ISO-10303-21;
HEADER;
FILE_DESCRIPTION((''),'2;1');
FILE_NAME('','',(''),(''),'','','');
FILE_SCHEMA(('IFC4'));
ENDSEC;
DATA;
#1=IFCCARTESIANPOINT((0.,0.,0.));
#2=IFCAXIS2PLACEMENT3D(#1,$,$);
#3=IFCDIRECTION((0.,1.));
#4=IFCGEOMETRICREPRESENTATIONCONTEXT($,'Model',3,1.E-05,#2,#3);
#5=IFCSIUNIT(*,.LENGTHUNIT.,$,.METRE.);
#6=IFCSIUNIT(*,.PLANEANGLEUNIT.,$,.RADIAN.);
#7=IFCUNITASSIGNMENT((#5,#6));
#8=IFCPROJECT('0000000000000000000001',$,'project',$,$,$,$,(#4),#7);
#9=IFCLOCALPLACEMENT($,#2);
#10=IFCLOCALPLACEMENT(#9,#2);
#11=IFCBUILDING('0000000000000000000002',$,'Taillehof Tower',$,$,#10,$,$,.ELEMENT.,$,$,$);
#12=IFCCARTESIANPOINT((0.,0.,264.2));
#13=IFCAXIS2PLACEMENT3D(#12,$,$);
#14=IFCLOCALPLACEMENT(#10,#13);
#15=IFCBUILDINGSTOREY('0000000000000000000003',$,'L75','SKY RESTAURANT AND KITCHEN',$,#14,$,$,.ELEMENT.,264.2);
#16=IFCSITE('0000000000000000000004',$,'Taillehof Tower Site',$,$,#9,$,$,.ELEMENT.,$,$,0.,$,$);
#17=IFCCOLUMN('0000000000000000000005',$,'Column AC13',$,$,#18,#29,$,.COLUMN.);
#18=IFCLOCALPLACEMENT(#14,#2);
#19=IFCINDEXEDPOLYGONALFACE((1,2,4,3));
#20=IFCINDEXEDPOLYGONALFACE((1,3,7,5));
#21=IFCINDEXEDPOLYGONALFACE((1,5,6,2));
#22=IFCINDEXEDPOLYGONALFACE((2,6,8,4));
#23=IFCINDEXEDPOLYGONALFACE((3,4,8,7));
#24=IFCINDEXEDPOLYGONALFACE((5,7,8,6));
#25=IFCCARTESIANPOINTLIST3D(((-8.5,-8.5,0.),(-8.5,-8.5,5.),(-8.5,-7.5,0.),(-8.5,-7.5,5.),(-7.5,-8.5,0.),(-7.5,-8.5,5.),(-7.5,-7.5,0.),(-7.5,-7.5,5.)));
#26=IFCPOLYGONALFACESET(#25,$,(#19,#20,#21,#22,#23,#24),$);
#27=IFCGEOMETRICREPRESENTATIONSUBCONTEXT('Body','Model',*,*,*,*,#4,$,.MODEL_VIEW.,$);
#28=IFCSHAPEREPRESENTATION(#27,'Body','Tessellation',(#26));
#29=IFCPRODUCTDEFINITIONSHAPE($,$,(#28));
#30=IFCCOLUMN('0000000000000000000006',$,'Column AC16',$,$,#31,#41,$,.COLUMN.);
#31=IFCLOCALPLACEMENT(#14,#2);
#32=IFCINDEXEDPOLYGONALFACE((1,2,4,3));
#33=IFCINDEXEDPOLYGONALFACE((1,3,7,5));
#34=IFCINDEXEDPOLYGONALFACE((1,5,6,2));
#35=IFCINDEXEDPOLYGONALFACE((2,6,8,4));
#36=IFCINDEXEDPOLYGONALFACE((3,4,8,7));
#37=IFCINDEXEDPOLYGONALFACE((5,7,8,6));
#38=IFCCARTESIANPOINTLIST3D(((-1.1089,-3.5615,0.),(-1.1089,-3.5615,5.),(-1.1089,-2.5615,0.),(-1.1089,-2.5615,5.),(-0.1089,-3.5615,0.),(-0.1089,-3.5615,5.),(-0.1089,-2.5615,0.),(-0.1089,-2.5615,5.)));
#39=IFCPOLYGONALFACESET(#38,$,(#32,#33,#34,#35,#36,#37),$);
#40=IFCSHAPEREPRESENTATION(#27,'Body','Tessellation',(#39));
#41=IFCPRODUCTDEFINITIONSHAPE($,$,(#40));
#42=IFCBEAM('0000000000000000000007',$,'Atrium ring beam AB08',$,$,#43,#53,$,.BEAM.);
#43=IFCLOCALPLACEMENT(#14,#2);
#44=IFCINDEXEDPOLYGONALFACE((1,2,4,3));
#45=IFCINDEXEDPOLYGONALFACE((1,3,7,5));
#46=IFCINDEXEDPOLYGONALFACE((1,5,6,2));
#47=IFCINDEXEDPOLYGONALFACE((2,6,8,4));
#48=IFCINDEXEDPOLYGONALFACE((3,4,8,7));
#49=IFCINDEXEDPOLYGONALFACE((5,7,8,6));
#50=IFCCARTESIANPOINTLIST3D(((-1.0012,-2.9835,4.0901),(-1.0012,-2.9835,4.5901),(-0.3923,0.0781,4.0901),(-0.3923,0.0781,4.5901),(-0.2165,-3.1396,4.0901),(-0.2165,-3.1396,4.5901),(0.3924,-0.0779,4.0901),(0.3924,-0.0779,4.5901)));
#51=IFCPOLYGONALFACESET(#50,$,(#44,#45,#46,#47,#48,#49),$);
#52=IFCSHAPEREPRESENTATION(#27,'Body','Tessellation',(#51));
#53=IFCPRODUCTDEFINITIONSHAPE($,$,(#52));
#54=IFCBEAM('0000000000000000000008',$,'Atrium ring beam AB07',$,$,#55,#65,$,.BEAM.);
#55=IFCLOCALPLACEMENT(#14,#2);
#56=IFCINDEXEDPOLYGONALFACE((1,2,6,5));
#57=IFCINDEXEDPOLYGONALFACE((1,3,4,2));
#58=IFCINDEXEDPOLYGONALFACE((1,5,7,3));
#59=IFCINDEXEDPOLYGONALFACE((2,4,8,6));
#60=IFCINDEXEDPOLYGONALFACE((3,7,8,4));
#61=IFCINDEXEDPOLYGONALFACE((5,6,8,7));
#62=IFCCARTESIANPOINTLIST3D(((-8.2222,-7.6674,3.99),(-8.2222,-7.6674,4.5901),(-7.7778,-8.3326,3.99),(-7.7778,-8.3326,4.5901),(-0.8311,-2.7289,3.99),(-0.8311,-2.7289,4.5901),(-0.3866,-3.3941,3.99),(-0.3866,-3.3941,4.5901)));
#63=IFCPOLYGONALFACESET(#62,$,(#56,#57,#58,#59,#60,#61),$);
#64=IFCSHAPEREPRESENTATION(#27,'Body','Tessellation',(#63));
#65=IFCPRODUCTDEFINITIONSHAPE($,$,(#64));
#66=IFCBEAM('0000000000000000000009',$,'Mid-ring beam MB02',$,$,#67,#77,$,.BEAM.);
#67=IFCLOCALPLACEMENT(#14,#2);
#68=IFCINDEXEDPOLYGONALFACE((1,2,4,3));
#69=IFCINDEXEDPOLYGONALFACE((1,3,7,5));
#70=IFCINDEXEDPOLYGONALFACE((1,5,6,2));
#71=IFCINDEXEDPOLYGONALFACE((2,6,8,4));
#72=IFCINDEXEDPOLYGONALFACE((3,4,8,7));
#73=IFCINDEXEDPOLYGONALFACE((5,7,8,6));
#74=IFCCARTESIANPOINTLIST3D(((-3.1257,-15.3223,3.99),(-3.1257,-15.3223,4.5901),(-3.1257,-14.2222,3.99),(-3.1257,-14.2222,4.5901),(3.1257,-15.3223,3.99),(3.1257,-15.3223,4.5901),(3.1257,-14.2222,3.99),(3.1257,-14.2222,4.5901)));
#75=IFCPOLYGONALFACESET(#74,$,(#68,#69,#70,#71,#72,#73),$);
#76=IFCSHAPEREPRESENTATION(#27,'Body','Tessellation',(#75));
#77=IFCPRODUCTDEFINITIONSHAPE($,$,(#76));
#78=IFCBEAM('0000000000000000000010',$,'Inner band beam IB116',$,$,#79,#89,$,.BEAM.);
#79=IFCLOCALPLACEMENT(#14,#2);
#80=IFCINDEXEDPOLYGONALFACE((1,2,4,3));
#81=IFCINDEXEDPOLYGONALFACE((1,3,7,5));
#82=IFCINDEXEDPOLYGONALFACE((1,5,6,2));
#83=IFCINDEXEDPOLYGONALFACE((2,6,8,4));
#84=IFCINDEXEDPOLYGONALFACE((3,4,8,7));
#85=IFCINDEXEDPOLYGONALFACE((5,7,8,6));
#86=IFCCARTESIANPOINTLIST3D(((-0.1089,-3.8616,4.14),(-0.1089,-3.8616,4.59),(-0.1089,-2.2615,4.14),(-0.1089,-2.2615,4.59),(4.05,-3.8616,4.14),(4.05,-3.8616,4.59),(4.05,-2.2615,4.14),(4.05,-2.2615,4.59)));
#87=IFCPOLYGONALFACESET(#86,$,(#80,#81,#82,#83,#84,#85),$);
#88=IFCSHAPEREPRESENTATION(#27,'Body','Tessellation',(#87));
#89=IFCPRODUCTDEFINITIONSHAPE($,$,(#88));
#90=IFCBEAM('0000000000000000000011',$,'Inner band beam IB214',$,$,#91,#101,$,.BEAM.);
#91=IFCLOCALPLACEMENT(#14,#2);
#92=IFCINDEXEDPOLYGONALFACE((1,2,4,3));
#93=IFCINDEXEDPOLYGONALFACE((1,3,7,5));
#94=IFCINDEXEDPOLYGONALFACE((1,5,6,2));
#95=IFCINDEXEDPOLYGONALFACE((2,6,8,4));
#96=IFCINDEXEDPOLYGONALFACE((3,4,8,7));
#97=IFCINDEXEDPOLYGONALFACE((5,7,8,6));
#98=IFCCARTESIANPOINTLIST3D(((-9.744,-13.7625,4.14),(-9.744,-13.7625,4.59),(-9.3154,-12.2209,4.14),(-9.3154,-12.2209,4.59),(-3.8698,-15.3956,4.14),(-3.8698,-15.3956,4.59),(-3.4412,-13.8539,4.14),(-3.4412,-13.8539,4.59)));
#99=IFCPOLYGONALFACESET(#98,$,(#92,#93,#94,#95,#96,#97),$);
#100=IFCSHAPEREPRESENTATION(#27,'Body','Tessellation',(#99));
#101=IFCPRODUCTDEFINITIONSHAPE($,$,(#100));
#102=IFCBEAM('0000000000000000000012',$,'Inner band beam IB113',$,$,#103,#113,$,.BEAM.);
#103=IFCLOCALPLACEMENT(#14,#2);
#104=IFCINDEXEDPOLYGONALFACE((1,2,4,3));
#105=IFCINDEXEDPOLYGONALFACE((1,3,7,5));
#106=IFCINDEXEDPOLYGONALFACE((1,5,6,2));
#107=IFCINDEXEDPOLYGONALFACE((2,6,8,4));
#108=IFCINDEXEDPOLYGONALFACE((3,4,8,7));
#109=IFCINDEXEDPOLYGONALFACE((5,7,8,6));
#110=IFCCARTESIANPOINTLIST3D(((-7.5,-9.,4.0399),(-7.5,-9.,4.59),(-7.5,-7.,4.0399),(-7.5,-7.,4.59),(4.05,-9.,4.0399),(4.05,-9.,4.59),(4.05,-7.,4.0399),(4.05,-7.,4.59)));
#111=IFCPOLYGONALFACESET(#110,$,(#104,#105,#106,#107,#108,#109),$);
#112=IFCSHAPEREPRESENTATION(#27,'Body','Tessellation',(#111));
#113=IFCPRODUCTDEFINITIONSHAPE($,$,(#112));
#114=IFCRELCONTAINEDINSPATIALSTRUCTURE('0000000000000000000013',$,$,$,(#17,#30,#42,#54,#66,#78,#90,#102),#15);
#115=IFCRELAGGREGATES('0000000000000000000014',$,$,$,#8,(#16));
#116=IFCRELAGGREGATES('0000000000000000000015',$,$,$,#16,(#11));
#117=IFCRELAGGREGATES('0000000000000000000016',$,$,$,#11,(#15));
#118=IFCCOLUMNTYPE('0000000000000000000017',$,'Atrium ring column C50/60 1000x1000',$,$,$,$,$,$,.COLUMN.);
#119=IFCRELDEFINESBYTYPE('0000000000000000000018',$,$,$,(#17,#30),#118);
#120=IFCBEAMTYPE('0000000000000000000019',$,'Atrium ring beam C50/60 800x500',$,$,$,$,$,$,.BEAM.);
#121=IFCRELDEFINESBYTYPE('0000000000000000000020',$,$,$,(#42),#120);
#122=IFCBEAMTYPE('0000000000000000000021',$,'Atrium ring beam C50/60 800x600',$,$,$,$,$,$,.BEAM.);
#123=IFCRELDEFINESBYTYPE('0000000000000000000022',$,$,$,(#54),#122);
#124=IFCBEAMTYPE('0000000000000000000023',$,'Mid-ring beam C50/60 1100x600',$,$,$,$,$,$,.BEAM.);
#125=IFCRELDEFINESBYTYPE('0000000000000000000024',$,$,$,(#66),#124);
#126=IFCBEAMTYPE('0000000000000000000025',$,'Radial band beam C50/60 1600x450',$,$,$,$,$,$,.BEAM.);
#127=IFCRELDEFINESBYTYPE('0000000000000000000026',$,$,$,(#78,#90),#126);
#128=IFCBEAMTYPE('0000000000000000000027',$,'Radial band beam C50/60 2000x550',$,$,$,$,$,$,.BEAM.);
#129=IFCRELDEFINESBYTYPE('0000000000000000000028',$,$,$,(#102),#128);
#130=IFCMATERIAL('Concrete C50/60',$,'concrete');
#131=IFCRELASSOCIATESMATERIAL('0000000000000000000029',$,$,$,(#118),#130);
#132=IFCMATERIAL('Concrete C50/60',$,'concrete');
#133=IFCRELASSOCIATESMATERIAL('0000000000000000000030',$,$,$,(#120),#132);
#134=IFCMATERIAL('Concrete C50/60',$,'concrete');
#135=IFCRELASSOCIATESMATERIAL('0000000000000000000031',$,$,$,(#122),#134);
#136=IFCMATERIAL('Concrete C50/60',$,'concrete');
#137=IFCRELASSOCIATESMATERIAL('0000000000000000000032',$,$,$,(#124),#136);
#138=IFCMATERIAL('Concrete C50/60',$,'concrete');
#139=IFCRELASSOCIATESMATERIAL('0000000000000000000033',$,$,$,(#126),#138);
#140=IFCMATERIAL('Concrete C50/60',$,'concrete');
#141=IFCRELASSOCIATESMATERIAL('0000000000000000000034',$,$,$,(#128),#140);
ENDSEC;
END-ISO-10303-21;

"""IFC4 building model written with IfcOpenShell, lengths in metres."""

from ifc_helpers import new_model, si_unit, direction, frame, origin, origin_2d, place, context, subcontext, project, spatial, rectangle, extrude, material, material_profile, profile_set, type_object, element, save


model = new_model("IFC4")

# Units and contexts
model_context = context("Model", 3, precision=1e-05, world=origin(), true_north=direction((0.0, 1.0)))
body_context = subcontext(model_context, "Body", "Model", "MODEL_VIEW")
ifc_project = project(units=[si_unit("LENGTHUNIT", "METRE"), si_unit("PLANEANGLEUNIT", "RADIAN")], contexts=[model_context])

# Site, building, storey
site_placement = place(None, origin())
site = spatial("IfcSite", under=ifc_project, at=site_placement, Name="Taillehof Tower Site", CompositionType="ELEMENT", RefElevation=0.0)
building_placement = place(site_placement, origin())
building = spatial("IfcBuilding", under=site, at=building_placement, Name="Taillehof Tower", CompositionType="ELEMENT")
storey_placement = place(building_placement, frame((0.0, 0.0, 264.2)))
storey = spatial("IfcBuildingStorey", under=building, at=storey_placement, Name="L75", Description="SKY RESTAURANT AND KITCHEN", CompositionType="ELEMENT", Elevation=264.2)

# Columns
ifc_material_1 = material(Name="Concrete C50/60", Category="concrete")
ifc_material_profile_1 = material_profile(ifc_material_1, rectangle(XDim=1.0, YDim=1.0, at=origin_2d()), Name="RC 1000x1000")
ifc_profile_set_1 = profile_set([ifc_material_profile_1], Name="Concrete C50/60")
column_type = type_object("IfcColumnType", Name="Atrium ring column C50/60 1000x1000", PredefinedType="COLUMN", material=ifc_profile_set_1)
for number, where, z_axis, x_axis, name in (
    (1, (-8.0, -8.0, 0.0), (0.0, 0.0, 1.0), (1.0, 0.0, 0.0), "Column AC13"),
    (2, (-0.6089, -3.0615, 0.0), (0.0, 0.0, 1.0), (1.0, 0.0, 0.0), "Column AC16"),
):
    element("IfcColumn", number, at=place(storey_placement, frame(where, z_axis=z_axis, x_axis=x_axis)), inside=storey, type_object=column_type, Name=name, PredefinedType="COLUMN", context=body_context, shape_type="SweptSolid", body=[
        extrude(rectangle(XDim=1.0, YDim=1.0, at=origin_2d()), origin(), (0.0, 0.0, 1.0), 5.0),
    ])

# Beams
ifc_material_2 = material(Name="Concrete C50/60", Category="concrete")
ifc_material_profile_2 = material_profile(ifc_material_2, rectangle(XDim=0.8, YDim=0.5, at=origin_2d()), Name="RC 800x500")
ifc_profile_set_2 = profile_set([ifc_material_profile_2], Name="Concrete C50/60")
beam_type_1 = type_object("IfcBeamType", Name="Atrium ring beam C50/60 800x500", PredefinedType="BEAM", material=ifc_profile_set_2)
beam_1_placement = place(storey_placement, frame((-0.6089, -3.0615, 4.3401), z_axis=(0.195063, 0.980791, 0.0), x_axis=(-0.980791, 0.195063, 0.0)))
element("IfcBeam", 3, at=beam_1_placement, inside=storey, type_object=beam_type_1, Name="Atrium ring beam AB08", PredefinedType="BEAM", context=body_context, shape_type="SweptSolid", body=[
    extrude(rectangle(XDim=0.8, YDim=0.5, at=origin_2d()), origin(), (0.0, 0.0, 1.0), 3.1216),
])
ifc_material_3 = material(Name="Concrete C50/60", Category="concrete")
ifc_material_profile_3 = material_profile(ifc_material_3, rectangle(XDim=0.8, YDim=0.6001, at=origin_2d()), Name="RC 800x600")
ifc_profile_set_3 = profile_set([ifc_material_profile_3], Name="Concrete C50/60")
beam_type_2 = type_object("IfcBeamType", Name="Atrium ring beam C50/60 800x600", PredefinedType="BEAM", material=ifc_profile_set_3)
beam_2_placement = place(storey_placement, frame((-8.0, -8.0, 4.29), z_axis=(0.831475, 0.555562, 0.0), x_axis=(-0.555562, 0.831475, 0.0)))
element("IfcBeam", 4, at=beam_2_placement, inside=storey, type_object=beam_type_2, Name="Atrium ring beam AB07", PredefinedType="BEAM", context=body_context, shape_type="SweptSolid", body=[
    extrude(rectangle(XDim=0.8, YDim=0.6001, at=origin_2d()), origin(), (0.0, 0.0, 1.0), 8.8892),
])
ifc_material_4 = material(Name="Concrete C50/60", Category="concrete")
ifc_material_profile_4 = material_profile(ifc_material_4, rectangle(XDim=1.1001, YDim=0.6001, at=origin_2d()), Name="RC 1100x600")
ifc_profile_set_4 = profile_set([ifc_material_profile_4], Name="Concrete C50/60")
beam_type_3 = type_object("IfcBeamType", Name="Mid-ring beam C50/60 1100x600", PredefinedType="BEAM", material=ifc_profile_set_4)
beam_3_placement = place(storey_placement, frame((-3.1257, -14.7722, 4.29), z_axis=(1.0, 0.0, 0.0), x_axis=(0.0, 1.0, 0.0)))
element("IfcBeam", 5, at=beam_3_placement, inside=storey, type_object=beam_type_3, Name="Mid-ring beam MB02", PredefinedType="BEAM", context=body_context, shape_type="SweptSolid", body=[
    extrude(rectangle(XDim=1.1001, YDim=0.6001, at=origin_2d()), origin(), (0.0, 0.0, 1.0), 6.2515),
])
ifc_material_5 = material(Name="Concrete C50/60", Category="concrete")
ifc_material_profile_5 = material_profile(ifc_material_5, rectangle(XDim=1.6001, YDim=0.45, at=origin_2d()), Name="RC 1600x450")
ifc_profile_set_5 = profile_set([ifc_material_profile_5], Name="Concrete C50/60")
beam_type_4 = type_object("IfcBeamType", Name="Radial band beam C50/60 1600x450", PredefinedType="BEAM", material=ifc_profile_set_5)
beam_4_placement = place(storey_placement, frame((-0.1089, -3.0615, 4.365), z_axis=(1.0, 0.0, 0.0), x_axis=(0.0, 1.0, 0.0)))
element("IfcBeam", 6, at=beam_4_placement, inside=storey, type_object=beam_type_4, Name="Inner band beam IB116", PredefinedType="BEAM", context=body_context, shape_type="SweptSolid", body=[
    extrude(rectangle(XDim=1.6001, YDim=0.45, at=origin_2d()), origin(), (0.0, 0.0, 1.0), 4.1589),
])
beam_5_placement = place(storey_placement, frame((-3.6555, -14.6248, 4.365), z_axis=(-0.963459, 0.267855, 0.0), x_axis=(-0.267855, -0.963459, 0.0)))
element("IfcBeam", 7, at=beam_5_placement, inside=storey, type_object=beam_type_4, Name="Inner band beam IB214", PredefinedType="BEAM", context=body_context, shape_type="SweptSolid", body=[
    extrude(rectangle(XDim=1.6001, YDim=0.45, at=origin_2d()), origin(), (0.0, 0.0, 1.0), 6.0969),
])
ifc_material_6 = material(Name="Concrete C50/60", Category="concrete")
ifc_material_profile_6 = material_profile(ifc_material_6, rectangle(XDim=2.0, YDim=0.55, at=origin_2d()), Name="RC 2000x550")
ifc_profile_set_6 = profile_set([ifc_material_profile_6], Name="Concrete C50/60")
beam_type_5 = type_object("IfcBeamType", Name="Radial band beam C50/60 2000x550", PredefinedType="BEAM", material=ifc_profile_set_6)
beam_6_placement = place(storey_placement, frame((-7.5, -8.0, 4.3149), z_axis=(1.0, 0.0, 0.0), x_axis=(0.0, 1.0, 0.0)))
element("IfcBeam", 8, at=beam_6_placement, inside=storey, type_object=beam_type_5, Name="Inner band beam IB113", PredefinedType="BEAM", context=body_context, shape_type="SweptSolid", body=[
    extrude(rectangle(XDim=2.0, YDim=0.55, at=origin_2d()), origin(), (0.0, 0.0, 1.0), 11.55),
])

save(model, "model.ifc")
